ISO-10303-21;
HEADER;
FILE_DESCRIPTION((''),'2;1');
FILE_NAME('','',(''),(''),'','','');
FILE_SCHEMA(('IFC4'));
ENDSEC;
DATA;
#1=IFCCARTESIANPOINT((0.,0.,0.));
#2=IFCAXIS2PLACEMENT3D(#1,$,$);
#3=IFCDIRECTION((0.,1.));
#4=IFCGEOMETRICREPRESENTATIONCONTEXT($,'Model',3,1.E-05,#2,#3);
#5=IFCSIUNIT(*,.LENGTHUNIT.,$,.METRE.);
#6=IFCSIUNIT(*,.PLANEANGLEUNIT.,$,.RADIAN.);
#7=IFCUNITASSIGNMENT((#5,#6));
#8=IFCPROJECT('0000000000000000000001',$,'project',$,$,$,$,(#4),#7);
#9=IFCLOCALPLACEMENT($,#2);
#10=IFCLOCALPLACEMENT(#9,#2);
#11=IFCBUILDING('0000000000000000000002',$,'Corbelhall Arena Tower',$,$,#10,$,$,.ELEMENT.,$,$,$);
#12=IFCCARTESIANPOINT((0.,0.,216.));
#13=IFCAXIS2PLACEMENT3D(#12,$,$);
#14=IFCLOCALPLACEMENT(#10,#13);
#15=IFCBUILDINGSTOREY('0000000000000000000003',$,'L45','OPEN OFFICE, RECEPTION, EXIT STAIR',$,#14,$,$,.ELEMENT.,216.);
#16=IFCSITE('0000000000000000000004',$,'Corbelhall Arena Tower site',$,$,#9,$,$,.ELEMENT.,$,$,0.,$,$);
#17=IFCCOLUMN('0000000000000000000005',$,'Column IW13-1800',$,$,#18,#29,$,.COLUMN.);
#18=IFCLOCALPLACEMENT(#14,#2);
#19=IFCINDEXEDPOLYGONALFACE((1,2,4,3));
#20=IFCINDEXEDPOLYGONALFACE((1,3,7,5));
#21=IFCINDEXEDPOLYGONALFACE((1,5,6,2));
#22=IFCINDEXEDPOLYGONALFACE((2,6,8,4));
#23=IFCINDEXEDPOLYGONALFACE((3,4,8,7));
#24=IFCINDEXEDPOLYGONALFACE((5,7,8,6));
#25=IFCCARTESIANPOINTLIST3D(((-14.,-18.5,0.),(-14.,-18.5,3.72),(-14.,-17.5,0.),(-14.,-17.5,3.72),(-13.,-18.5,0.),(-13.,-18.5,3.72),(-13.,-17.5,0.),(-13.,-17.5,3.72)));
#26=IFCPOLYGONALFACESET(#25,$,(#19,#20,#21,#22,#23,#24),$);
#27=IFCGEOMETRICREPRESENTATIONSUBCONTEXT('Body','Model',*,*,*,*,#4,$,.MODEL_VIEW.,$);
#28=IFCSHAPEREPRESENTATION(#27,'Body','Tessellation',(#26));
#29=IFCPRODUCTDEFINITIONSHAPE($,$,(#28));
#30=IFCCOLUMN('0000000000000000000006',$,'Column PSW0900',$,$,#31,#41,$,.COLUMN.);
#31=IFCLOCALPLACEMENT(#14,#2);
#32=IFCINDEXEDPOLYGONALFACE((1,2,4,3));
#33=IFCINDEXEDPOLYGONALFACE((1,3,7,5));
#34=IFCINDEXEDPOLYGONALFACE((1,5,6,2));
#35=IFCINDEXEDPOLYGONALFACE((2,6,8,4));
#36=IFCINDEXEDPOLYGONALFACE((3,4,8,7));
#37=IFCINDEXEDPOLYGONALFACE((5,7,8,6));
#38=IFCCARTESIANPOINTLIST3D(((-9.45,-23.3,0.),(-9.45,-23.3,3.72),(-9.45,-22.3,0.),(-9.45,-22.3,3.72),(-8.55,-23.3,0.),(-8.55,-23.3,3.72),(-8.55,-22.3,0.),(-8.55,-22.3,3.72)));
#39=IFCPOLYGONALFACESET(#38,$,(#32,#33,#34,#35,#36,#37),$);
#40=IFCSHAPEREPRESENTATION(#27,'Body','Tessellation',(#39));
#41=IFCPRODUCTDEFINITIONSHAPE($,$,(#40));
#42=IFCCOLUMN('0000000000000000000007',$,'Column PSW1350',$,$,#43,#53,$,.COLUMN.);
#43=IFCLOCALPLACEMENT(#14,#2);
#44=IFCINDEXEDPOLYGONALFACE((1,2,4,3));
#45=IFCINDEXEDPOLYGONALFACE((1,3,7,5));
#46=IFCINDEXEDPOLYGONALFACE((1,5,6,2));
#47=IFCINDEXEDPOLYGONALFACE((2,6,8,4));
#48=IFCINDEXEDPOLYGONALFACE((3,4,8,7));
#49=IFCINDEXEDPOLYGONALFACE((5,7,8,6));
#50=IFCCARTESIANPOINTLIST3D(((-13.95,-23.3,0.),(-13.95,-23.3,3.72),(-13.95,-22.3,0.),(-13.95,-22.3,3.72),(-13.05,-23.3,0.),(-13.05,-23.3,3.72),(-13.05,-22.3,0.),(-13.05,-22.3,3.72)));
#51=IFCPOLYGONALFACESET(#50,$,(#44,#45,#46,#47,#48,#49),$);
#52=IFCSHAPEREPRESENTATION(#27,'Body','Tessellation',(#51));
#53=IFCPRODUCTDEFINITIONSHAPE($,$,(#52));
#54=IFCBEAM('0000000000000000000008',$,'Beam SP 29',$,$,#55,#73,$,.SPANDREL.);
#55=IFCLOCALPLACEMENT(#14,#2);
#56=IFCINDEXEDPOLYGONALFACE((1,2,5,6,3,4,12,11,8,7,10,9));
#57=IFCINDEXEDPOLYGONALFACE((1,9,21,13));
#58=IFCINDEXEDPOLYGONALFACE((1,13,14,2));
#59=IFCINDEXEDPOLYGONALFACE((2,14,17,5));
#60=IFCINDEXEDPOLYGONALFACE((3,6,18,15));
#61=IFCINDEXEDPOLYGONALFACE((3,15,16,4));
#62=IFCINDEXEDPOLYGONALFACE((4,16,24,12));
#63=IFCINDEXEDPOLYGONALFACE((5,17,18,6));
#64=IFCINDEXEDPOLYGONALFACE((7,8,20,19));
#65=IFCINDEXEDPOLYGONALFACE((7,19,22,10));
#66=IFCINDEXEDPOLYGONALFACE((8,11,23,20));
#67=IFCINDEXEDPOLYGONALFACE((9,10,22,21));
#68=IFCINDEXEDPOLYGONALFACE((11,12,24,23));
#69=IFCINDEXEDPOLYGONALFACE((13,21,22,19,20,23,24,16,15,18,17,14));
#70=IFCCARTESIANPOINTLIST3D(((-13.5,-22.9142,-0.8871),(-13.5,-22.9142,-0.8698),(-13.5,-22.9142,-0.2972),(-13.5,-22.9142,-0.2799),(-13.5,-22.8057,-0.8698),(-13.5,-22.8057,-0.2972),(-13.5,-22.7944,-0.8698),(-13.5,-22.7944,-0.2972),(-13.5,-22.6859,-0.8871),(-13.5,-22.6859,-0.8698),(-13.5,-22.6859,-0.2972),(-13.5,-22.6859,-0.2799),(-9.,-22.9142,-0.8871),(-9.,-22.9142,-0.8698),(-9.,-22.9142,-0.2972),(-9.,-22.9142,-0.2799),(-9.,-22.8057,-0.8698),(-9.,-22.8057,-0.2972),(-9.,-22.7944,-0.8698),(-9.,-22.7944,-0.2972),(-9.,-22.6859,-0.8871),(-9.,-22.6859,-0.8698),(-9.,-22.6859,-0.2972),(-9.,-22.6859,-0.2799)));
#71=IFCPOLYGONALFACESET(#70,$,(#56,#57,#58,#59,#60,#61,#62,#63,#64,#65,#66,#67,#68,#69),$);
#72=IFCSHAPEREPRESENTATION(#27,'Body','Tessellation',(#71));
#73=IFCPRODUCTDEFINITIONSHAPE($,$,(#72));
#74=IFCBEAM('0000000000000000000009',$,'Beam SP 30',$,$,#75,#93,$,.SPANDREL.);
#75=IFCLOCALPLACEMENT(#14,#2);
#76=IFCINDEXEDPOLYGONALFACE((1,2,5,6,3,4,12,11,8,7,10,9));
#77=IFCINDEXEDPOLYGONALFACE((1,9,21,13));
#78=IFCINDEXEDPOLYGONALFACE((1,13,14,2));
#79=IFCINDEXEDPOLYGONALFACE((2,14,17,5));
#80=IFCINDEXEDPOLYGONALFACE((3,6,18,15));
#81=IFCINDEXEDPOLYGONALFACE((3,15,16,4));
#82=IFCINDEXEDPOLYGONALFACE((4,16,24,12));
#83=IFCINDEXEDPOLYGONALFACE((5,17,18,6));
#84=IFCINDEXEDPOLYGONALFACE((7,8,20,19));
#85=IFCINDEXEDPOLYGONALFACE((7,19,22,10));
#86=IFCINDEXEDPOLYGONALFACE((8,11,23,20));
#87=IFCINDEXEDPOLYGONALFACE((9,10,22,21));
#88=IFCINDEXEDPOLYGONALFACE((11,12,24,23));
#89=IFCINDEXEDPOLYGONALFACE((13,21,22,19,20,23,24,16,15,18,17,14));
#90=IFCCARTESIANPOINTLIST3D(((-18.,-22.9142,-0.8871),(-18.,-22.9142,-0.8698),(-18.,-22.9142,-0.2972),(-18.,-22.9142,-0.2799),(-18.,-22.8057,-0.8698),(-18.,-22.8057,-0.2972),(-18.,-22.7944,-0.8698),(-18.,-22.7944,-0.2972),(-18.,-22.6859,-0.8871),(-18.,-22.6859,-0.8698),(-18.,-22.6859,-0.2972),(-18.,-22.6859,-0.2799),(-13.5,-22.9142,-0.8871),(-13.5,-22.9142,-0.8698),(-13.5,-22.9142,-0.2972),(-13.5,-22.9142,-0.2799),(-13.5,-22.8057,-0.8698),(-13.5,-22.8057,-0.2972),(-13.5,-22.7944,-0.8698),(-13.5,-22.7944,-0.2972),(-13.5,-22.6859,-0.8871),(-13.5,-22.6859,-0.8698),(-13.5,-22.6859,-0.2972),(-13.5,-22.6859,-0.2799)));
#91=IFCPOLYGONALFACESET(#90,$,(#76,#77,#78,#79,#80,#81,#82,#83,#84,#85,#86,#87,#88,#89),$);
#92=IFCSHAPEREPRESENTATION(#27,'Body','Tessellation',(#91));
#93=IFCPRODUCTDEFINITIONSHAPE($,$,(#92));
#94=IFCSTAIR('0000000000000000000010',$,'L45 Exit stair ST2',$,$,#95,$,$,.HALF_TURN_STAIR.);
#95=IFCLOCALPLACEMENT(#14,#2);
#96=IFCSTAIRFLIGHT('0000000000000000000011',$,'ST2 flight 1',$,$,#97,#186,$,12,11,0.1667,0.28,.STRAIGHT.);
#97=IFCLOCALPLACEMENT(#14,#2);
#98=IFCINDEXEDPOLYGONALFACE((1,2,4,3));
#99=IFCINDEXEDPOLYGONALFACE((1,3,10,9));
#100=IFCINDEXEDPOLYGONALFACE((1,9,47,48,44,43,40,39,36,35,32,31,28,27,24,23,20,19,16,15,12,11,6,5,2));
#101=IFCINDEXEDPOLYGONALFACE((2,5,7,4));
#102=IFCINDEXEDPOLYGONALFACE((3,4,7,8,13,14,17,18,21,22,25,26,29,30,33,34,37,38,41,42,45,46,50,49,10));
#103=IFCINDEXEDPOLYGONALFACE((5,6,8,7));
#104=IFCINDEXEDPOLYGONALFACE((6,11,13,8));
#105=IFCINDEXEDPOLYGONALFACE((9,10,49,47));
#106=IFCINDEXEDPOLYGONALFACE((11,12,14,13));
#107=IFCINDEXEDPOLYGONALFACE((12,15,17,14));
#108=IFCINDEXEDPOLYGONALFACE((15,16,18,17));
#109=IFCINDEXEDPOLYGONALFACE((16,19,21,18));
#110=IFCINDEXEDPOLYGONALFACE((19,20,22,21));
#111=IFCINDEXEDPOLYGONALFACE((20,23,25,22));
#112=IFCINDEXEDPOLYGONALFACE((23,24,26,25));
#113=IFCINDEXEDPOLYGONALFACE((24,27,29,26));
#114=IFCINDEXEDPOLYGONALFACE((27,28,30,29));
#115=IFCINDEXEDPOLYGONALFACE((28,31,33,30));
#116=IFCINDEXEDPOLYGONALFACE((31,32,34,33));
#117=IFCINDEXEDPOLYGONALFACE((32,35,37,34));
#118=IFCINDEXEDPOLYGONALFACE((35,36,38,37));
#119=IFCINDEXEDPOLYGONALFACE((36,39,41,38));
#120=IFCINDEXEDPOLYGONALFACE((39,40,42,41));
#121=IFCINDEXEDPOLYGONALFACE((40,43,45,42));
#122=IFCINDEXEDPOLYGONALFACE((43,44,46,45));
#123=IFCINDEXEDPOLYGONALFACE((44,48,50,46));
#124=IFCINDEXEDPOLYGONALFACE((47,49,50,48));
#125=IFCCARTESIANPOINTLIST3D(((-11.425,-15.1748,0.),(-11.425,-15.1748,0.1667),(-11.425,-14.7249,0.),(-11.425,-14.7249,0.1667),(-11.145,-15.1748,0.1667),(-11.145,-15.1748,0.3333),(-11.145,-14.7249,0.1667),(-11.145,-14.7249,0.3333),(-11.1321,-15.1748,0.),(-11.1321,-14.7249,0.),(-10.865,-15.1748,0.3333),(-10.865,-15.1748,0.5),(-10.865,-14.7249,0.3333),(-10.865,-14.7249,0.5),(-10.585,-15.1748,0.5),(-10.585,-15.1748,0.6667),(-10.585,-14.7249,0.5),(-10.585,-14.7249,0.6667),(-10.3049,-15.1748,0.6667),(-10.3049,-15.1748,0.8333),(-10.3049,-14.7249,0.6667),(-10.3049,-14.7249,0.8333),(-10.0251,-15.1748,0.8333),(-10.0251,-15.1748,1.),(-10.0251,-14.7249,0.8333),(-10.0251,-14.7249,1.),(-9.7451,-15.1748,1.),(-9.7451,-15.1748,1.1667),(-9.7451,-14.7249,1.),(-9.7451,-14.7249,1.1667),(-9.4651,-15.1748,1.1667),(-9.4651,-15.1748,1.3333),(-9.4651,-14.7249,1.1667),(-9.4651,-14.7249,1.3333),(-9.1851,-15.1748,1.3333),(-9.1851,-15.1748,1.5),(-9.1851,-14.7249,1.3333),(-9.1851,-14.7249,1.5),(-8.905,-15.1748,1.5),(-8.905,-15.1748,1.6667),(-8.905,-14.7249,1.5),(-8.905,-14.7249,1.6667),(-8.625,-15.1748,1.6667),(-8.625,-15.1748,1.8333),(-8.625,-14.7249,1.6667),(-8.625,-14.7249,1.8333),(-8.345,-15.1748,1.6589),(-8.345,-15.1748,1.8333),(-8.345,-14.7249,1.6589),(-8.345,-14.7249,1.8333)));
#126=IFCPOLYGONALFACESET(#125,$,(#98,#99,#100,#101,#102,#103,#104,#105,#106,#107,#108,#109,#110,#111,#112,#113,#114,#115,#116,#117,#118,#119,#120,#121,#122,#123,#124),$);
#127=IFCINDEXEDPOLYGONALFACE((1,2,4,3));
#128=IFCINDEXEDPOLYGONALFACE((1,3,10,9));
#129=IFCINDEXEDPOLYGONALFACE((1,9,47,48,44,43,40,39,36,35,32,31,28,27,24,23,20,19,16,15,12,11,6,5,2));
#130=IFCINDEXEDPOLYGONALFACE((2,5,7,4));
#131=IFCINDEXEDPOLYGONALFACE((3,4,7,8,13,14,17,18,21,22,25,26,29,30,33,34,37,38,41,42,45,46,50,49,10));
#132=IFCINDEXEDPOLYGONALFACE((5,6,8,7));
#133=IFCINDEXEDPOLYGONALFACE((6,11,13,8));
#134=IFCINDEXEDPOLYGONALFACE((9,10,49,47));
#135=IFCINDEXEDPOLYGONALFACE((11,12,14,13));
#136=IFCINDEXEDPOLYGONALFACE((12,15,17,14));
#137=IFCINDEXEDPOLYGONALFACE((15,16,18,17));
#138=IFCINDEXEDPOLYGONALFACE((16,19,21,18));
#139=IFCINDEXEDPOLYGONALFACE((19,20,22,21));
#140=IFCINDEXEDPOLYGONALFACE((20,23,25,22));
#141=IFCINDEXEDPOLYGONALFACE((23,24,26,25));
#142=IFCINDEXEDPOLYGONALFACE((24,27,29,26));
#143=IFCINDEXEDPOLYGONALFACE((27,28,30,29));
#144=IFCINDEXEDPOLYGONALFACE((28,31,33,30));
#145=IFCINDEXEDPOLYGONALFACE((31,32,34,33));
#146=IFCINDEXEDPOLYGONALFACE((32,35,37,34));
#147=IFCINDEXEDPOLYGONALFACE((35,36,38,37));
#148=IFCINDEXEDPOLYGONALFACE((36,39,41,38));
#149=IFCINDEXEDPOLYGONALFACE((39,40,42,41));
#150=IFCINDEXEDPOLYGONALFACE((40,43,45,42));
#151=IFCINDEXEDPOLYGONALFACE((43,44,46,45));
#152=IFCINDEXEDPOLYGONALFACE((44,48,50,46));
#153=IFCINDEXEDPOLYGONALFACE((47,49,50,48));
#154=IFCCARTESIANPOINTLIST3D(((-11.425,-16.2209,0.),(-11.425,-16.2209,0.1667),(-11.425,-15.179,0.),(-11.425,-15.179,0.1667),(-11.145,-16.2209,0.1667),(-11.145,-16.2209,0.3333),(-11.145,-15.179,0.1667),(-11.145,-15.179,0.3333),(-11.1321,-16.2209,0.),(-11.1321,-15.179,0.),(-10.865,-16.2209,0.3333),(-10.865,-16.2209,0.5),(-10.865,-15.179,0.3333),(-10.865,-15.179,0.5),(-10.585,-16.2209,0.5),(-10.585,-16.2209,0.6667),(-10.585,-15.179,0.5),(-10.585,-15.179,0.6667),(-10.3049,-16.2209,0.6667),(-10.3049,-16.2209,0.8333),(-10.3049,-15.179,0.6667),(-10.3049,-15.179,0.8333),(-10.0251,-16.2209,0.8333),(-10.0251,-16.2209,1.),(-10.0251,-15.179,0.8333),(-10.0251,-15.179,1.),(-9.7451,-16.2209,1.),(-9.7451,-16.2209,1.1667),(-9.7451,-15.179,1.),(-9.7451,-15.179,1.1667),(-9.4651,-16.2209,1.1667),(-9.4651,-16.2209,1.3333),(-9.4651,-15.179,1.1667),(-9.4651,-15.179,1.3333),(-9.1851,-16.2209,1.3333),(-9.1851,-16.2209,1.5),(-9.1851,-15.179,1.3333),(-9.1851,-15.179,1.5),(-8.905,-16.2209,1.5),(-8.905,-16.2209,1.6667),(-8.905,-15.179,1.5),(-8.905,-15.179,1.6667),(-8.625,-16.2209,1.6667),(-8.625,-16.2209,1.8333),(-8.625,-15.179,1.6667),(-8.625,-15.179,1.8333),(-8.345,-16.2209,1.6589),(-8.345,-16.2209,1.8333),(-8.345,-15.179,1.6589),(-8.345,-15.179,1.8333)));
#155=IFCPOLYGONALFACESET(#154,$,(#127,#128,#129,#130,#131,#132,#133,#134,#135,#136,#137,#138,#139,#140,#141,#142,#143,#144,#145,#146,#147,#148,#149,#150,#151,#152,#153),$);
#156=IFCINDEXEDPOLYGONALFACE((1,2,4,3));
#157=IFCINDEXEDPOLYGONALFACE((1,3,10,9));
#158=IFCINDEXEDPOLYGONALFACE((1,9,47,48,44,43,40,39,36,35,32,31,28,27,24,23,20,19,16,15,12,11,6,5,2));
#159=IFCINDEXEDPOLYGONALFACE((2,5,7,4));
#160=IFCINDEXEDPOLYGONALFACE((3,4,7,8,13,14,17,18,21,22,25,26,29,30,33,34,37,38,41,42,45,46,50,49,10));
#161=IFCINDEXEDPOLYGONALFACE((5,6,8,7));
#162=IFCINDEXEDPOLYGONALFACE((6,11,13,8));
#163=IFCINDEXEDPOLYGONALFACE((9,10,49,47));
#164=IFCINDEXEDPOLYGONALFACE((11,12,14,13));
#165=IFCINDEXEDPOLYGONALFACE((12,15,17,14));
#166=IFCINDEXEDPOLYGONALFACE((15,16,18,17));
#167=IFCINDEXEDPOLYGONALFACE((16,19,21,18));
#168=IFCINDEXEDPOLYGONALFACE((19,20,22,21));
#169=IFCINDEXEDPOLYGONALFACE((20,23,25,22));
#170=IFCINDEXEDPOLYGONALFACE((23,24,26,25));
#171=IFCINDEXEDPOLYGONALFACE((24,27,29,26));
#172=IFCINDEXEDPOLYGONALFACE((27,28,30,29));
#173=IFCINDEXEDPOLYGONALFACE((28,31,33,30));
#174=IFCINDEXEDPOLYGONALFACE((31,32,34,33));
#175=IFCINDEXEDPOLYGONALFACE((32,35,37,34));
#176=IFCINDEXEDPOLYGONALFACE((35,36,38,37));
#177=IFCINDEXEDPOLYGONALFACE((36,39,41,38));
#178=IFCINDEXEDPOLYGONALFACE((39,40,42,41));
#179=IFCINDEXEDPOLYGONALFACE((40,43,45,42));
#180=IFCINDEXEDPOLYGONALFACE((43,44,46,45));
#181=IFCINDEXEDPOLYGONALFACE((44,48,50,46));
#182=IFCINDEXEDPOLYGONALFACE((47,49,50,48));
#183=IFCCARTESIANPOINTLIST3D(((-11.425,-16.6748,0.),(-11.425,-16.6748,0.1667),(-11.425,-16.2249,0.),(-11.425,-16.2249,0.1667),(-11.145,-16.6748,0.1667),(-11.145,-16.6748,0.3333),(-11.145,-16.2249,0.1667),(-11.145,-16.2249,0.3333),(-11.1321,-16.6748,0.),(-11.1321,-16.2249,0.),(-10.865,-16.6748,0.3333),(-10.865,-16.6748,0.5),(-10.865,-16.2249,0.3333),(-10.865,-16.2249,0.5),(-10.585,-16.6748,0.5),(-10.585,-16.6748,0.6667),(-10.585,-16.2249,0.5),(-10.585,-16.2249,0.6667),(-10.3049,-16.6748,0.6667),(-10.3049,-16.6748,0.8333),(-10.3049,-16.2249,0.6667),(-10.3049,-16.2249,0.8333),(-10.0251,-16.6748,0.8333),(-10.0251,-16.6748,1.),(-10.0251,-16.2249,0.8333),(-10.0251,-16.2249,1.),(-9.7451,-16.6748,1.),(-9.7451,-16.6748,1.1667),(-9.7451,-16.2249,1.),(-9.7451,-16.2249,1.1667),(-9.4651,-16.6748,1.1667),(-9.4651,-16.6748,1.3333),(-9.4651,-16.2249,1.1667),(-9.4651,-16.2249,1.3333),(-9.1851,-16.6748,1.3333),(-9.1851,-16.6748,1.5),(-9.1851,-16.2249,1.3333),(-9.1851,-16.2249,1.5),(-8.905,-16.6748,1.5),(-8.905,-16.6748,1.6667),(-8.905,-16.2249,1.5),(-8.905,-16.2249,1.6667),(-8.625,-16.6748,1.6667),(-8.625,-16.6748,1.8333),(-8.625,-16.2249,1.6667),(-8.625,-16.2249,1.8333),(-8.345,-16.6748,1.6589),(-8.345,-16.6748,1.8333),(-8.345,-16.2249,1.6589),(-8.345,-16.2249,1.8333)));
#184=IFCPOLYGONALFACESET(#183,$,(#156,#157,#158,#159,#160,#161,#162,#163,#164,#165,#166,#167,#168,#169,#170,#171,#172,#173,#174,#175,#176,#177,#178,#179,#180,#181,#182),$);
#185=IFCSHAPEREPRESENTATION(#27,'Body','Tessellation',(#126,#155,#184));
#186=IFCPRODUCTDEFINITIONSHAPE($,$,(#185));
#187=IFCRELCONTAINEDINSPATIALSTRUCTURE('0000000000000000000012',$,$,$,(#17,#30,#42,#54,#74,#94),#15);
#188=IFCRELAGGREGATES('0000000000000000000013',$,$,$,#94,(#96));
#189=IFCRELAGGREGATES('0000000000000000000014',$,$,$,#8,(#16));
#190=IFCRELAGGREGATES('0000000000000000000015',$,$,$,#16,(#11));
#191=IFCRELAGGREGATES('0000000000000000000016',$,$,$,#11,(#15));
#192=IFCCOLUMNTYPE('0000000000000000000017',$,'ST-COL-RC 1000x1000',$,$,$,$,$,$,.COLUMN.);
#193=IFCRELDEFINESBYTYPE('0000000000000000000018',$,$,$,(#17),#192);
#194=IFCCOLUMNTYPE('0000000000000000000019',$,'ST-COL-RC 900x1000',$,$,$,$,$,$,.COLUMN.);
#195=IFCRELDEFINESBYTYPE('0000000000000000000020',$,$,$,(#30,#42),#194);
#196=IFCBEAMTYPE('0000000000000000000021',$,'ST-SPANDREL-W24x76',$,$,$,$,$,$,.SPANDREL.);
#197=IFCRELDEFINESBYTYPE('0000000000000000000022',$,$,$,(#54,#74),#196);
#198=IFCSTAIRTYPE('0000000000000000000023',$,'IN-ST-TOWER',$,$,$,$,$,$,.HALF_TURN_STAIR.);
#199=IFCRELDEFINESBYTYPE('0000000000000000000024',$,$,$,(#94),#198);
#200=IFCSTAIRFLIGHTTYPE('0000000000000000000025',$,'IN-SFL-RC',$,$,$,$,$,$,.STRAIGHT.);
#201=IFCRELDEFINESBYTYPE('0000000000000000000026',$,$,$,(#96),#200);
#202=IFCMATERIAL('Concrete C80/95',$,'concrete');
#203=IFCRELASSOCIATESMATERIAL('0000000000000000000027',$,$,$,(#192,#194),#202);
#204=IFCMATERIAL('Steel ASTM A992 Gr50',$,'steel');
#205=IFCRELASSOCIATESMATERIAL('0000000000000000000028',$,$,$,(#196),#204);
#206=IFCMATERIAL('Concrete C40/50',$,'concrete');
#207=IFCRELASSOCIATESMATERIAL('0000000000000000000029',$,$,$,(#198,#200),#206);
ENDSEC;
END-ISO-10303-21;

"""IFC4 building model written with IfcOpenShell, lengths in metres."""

from ifc_helpers import new_model, si_unit, direction, frame, origin, origin_2d, place, context, subcontext, project, spatial, polyline, rectangle, i_section, outline, extrude, material, material_profile, profile_set, type_object, element, aggregate, save


model = new_model("IFC4")

# Units and contexts
model_context = context("Model", 3, precision=1e-05, world=origin(), true_north=direction((0.0, 1.0)))
body_context = subcontext(model_context, "Body", "Model", "MODEL_VIEW")
ifc_project = project(units=[si_unit("LENGTHUNIT", "METRE"), si_unit("PLANEANGLEUNIT", "RADIAN")], contexts=[model_context])

# Site, building, storey
site_placement = place(None, origin())
site = spatial("IfcSite", under=ifc_project, at=site_placement, Name="Corbelhall Arena Tower site", CompositionType="ELEMENT", RefElevation=0.0)
building_placement = place(site_placement, origin())
building = spatial("IfcBuilding", under=site, at=building_placement, Name="Corbelhall Arena Tower", CompositionType="ELEMENT")
storey_placement = place(building_placement, frame((0.0, 0.0, 216.0)))
storey = spatial("IfcBuildingStorey", under=building, at=storey_placement, Name="L45", Description="OPEN OFFICE, RECEPTION, EXIT STAIR", CompositionType="ELEMENT", Elevation=216.0)

# Columns
ifc_material_1 = material(Name="Concrete C80/95", Category="concrete")
ifc_material_profile_1 = material_profile(ifc_material_1, rectangle(XDim=1.0, YDim=1.0, at=origin_2d()))
ifc_profile_set_1 = profile_set([ifc_material_profile_1], Name="Concrete C80/95")
column_type_1 = type_object("IfcColumnType", Name="ST-COL-RC 1000x1000", PredefinedType="COLUMN", material=ifc_profile_set_1)
column_placement = place(storey_placement, frame((-13.5, -18.0, 0.0), z_axis=(0.0, 0.0, 1.0), x_axis=(1.0, 0.0, 0.0)))
element("IfcColumn", 1, at=column_placement, inside=storey, type_object=column_type_1, Name="Column IW13-1800", PredefinedType="COLUMN", context=body_context, shape_type="SweptSolid", body=[
    extrude(rectangle(XDim=1.0, YDim=1.0, at=origin_2d()), origin(), (0.0, 0.0, 1.0), 3.72),
])
ifc_material_profile_2 = material_profile(ifc_material_1, rectangle(XDim=0.8999, YDim=1.0, at=origin_2d()))
ifc_profile_set_2 = profile_set([ifc_material_profile_2], Name="Concrete C80/95")
column_type_2 = type_object("IfcColumnType", Name="ST-COL-RC 900x1000", PredefinedType="COLUMN", material=ifc_profile_set_2)
for number, where, z_axis, x_axis, name in (
    (2, (-9.0, -22.8, 0.0), (0.0, 0.0, 1.0), (1.0, 0.0, 0.0), "Column PSW0900"),
    (3, (-13.5, -22.8, 0.0), (0.0, 0.0, 1.0), (1.0, 0.0, 0.0), "Column PSW1350"),
):
    element("IfcColumn", number, at=place(storey_placement, frame(where, z_axis=z_axis, x_axis=x_axis)), inside=storey, type_object=column_type_2, Name=name, PredefinedType="COLUMN", context=body_context, shape_type="SweptSolid", body=[
        extrude(rectangle(XDim=0.8999, YDim=1.0, at=origin_2d()), origin(), (0.0, 0.0, 1.0), 3.72),
    ])

# Beams
ifc_material_2 = material(Name="Steel ASTM A992 Gr50", Category="steel")
ifc_material_profile_3 = material_profile(ifc_material_2, i_section(OverallWidth=0.2283, OverallDepth=0.6072, WebThickness=0.0112, FlangeThickness=0.0173, at=origin_2d()))
ifc_profile_set_3 = profile_set([ifc_material_profile_3], Name="Steel ASTM A992 Gr50")
beam_type = type_object("IfcBeamType", Name="ST-SPANDREL-W24x76", PredefinedType="SPANDREL", material=ifc_profile_set_3)
for number, where, z_axis, x_axis, name in (
    (4, (-9.0, -22.8, -0.5835), (-1.0, 0.0, 0.0), (0.0, -1.0, 0.0), "Beam SP 29"),
    (5, (-13.5, -22.8, -0.5835), (-1.0, 0.0, 0.0), (0.0, -1.0, 0.0), "Beam SP 30"),
):
    element("IfcBeam", number, at=place(storey_placement, frame(where, z_axis=z_axis, x_axis=x_axis)), inside=storey, type_object=beam_type, Name=name, PredefinedType="SPANDREL", context=body_context, shape_type="SweptSolid", body=[
        extrude(i_section(OverallWidth=0.2283, OverallDepth=0.6072, WebThickness=0.0112, FlangeThickness=0.0173, at=origin_2d()), origin(), (0.0, 0.0, 1.0), 4.5),
    ])

# Stair, stair flight
ifc_material_3 = material(Name="Concrete C40/50", Category="concrete")
stair_type = type_object("IfcStairType", Name="IN-ST-TOWER", PredefinedType="HALF_TURN_STAIR", material=ifc_material_3)
stair_placement = place(storey_placement, origin())
stair = element("IfcStair", 6, at=stair_placement, inside=storey, type_object=stair_type, Name="L45 Exit stair ST2", PredefinedType="HALF_TURN_STAIR")
stair_flight_type = type_object("IfcStairFlightType", Name="IN-SFL-RC", PredefinedType="STRAIGHT", material=ifc_material_3)
stair_flight_1_placement = place(storey_placement, frame((-11.425, -15.7, 0.0), z_axis=(0.0, 0.0, 1.0), x_axis=(1.0, 0.0, 0.0)))
stair_flight_1 = element("IfcStairFlight", 7, at=stair_flight_1_placement, type_object=stair_flight_type, Name="ST2 flight 1", NumberOfRisers=12, NumberOfTreads=11, PredefinedType="STRAIGHT", RiserHeight=0.1667, TreadLength=0.28, context=body_context, shape_type="SweptSolid", body=[
    extrude(outline(polyline([(0.0, 0.0), (0.0, 0.1667), (0.28, 0.1667), (0.28, 0.3333), (0.5601, 0.3333), (0.5601, 0.5), (0.8401, 0.5), (0.8401, 0.6667), (1.1201, 0.6667), (1.1201, 0.8333), (1.3999, 0.8333), (1.3999, 1.0), (1.6799, 1.0), (1.6799, 1.1667), (1.96, 1.1667), (1.96, 1.3333), (2.24, 1.3333), (2.24, 1.5), (2.52, 1.5), (2.52, 1.6667), (2.8, 1.6667), (2.8, 1.8333), (3.0801, 1.8333), (3.0801, 2.0), (3.0801, 1.6589), (0.293, 0.0), (0.0, 0.0)])), frame((0.0, 0.9751, 0.0), z_axis=(0.0, -1.0, 0.0), x_axis=(1.0, 0.0, 0.0)), (0.0, 0.0, 1.0), 0.45),
    extrude(outline(polyline([(0.0, 0.0), (0.0, 0.1667), (0.28, 0.1667), (0.28, 0.3333), (0.5601, 0.3333), (0.5601, 0.5), (0.8401, 0.5), (0.8401, 0.6667), (1.1201, 0.6667), (1.1201, 0.8333), (1.3999, 0.8333), (1.3999, 1.0), (1.6799, 1.0), (1.6799, 1.1667), (1.96, 1.1667), (1.96, 1.3333), (2.24, 1.3333), (2.24, 1.5), (2.52, 1.5), (2.52, 1.6667), (2.8, 1.6667), (2.8, 1.8333), (3.0801, 1.8333), (3.0801, 2.0), (3.0801, 1.6589), (0.293, 0.0), (0.0, 0.0)])), frame((0.0, 0.521, 0.0), z_axis=(0.0, -1.0, 0.0), x_axis=(1.0, 0.0, 0.0)), (0.0, 0.0, 1.0), 1.042),
    extrude(outline(polyline([(0.0, 0.0), (0.0, 0.1667), (0.28, 0.1667), (0.28, 0.3333), (0.5601, 0.3333), (0.5601, 0.5), (0.8401, 0.5), (0.8401, 0.6667), (1.1201, 0.6667), (1.1201, 0.8333), (1.3999, 0.8333), (1.3999, 1.0), (1.6799, 1.0), (1.6799, 1.1667), (1.96, 1.1667), (1.96, 1.3333), (2.24, 1.3333), (2.24, 1.5), (2.52, 1.5), (2.52, 1.6667), (2.8, 1.6667), (2.8, 1.8333), (3.0801, 1.8333), (3.0801, 2.0), (3.0801, 1.6589), (0.293, 0.0), (0.0, 0.0)])), frame((0.0, -0.5249, 0.0), z_axis=(0.0, -1.0, 0.0), x_axis=(1.0, 0.0, 0.0)), (0.0, 0.0, 1.0), 0.45),
])
aggregate(stair, [stair_flight_1])

save(model, "model.ifc")
